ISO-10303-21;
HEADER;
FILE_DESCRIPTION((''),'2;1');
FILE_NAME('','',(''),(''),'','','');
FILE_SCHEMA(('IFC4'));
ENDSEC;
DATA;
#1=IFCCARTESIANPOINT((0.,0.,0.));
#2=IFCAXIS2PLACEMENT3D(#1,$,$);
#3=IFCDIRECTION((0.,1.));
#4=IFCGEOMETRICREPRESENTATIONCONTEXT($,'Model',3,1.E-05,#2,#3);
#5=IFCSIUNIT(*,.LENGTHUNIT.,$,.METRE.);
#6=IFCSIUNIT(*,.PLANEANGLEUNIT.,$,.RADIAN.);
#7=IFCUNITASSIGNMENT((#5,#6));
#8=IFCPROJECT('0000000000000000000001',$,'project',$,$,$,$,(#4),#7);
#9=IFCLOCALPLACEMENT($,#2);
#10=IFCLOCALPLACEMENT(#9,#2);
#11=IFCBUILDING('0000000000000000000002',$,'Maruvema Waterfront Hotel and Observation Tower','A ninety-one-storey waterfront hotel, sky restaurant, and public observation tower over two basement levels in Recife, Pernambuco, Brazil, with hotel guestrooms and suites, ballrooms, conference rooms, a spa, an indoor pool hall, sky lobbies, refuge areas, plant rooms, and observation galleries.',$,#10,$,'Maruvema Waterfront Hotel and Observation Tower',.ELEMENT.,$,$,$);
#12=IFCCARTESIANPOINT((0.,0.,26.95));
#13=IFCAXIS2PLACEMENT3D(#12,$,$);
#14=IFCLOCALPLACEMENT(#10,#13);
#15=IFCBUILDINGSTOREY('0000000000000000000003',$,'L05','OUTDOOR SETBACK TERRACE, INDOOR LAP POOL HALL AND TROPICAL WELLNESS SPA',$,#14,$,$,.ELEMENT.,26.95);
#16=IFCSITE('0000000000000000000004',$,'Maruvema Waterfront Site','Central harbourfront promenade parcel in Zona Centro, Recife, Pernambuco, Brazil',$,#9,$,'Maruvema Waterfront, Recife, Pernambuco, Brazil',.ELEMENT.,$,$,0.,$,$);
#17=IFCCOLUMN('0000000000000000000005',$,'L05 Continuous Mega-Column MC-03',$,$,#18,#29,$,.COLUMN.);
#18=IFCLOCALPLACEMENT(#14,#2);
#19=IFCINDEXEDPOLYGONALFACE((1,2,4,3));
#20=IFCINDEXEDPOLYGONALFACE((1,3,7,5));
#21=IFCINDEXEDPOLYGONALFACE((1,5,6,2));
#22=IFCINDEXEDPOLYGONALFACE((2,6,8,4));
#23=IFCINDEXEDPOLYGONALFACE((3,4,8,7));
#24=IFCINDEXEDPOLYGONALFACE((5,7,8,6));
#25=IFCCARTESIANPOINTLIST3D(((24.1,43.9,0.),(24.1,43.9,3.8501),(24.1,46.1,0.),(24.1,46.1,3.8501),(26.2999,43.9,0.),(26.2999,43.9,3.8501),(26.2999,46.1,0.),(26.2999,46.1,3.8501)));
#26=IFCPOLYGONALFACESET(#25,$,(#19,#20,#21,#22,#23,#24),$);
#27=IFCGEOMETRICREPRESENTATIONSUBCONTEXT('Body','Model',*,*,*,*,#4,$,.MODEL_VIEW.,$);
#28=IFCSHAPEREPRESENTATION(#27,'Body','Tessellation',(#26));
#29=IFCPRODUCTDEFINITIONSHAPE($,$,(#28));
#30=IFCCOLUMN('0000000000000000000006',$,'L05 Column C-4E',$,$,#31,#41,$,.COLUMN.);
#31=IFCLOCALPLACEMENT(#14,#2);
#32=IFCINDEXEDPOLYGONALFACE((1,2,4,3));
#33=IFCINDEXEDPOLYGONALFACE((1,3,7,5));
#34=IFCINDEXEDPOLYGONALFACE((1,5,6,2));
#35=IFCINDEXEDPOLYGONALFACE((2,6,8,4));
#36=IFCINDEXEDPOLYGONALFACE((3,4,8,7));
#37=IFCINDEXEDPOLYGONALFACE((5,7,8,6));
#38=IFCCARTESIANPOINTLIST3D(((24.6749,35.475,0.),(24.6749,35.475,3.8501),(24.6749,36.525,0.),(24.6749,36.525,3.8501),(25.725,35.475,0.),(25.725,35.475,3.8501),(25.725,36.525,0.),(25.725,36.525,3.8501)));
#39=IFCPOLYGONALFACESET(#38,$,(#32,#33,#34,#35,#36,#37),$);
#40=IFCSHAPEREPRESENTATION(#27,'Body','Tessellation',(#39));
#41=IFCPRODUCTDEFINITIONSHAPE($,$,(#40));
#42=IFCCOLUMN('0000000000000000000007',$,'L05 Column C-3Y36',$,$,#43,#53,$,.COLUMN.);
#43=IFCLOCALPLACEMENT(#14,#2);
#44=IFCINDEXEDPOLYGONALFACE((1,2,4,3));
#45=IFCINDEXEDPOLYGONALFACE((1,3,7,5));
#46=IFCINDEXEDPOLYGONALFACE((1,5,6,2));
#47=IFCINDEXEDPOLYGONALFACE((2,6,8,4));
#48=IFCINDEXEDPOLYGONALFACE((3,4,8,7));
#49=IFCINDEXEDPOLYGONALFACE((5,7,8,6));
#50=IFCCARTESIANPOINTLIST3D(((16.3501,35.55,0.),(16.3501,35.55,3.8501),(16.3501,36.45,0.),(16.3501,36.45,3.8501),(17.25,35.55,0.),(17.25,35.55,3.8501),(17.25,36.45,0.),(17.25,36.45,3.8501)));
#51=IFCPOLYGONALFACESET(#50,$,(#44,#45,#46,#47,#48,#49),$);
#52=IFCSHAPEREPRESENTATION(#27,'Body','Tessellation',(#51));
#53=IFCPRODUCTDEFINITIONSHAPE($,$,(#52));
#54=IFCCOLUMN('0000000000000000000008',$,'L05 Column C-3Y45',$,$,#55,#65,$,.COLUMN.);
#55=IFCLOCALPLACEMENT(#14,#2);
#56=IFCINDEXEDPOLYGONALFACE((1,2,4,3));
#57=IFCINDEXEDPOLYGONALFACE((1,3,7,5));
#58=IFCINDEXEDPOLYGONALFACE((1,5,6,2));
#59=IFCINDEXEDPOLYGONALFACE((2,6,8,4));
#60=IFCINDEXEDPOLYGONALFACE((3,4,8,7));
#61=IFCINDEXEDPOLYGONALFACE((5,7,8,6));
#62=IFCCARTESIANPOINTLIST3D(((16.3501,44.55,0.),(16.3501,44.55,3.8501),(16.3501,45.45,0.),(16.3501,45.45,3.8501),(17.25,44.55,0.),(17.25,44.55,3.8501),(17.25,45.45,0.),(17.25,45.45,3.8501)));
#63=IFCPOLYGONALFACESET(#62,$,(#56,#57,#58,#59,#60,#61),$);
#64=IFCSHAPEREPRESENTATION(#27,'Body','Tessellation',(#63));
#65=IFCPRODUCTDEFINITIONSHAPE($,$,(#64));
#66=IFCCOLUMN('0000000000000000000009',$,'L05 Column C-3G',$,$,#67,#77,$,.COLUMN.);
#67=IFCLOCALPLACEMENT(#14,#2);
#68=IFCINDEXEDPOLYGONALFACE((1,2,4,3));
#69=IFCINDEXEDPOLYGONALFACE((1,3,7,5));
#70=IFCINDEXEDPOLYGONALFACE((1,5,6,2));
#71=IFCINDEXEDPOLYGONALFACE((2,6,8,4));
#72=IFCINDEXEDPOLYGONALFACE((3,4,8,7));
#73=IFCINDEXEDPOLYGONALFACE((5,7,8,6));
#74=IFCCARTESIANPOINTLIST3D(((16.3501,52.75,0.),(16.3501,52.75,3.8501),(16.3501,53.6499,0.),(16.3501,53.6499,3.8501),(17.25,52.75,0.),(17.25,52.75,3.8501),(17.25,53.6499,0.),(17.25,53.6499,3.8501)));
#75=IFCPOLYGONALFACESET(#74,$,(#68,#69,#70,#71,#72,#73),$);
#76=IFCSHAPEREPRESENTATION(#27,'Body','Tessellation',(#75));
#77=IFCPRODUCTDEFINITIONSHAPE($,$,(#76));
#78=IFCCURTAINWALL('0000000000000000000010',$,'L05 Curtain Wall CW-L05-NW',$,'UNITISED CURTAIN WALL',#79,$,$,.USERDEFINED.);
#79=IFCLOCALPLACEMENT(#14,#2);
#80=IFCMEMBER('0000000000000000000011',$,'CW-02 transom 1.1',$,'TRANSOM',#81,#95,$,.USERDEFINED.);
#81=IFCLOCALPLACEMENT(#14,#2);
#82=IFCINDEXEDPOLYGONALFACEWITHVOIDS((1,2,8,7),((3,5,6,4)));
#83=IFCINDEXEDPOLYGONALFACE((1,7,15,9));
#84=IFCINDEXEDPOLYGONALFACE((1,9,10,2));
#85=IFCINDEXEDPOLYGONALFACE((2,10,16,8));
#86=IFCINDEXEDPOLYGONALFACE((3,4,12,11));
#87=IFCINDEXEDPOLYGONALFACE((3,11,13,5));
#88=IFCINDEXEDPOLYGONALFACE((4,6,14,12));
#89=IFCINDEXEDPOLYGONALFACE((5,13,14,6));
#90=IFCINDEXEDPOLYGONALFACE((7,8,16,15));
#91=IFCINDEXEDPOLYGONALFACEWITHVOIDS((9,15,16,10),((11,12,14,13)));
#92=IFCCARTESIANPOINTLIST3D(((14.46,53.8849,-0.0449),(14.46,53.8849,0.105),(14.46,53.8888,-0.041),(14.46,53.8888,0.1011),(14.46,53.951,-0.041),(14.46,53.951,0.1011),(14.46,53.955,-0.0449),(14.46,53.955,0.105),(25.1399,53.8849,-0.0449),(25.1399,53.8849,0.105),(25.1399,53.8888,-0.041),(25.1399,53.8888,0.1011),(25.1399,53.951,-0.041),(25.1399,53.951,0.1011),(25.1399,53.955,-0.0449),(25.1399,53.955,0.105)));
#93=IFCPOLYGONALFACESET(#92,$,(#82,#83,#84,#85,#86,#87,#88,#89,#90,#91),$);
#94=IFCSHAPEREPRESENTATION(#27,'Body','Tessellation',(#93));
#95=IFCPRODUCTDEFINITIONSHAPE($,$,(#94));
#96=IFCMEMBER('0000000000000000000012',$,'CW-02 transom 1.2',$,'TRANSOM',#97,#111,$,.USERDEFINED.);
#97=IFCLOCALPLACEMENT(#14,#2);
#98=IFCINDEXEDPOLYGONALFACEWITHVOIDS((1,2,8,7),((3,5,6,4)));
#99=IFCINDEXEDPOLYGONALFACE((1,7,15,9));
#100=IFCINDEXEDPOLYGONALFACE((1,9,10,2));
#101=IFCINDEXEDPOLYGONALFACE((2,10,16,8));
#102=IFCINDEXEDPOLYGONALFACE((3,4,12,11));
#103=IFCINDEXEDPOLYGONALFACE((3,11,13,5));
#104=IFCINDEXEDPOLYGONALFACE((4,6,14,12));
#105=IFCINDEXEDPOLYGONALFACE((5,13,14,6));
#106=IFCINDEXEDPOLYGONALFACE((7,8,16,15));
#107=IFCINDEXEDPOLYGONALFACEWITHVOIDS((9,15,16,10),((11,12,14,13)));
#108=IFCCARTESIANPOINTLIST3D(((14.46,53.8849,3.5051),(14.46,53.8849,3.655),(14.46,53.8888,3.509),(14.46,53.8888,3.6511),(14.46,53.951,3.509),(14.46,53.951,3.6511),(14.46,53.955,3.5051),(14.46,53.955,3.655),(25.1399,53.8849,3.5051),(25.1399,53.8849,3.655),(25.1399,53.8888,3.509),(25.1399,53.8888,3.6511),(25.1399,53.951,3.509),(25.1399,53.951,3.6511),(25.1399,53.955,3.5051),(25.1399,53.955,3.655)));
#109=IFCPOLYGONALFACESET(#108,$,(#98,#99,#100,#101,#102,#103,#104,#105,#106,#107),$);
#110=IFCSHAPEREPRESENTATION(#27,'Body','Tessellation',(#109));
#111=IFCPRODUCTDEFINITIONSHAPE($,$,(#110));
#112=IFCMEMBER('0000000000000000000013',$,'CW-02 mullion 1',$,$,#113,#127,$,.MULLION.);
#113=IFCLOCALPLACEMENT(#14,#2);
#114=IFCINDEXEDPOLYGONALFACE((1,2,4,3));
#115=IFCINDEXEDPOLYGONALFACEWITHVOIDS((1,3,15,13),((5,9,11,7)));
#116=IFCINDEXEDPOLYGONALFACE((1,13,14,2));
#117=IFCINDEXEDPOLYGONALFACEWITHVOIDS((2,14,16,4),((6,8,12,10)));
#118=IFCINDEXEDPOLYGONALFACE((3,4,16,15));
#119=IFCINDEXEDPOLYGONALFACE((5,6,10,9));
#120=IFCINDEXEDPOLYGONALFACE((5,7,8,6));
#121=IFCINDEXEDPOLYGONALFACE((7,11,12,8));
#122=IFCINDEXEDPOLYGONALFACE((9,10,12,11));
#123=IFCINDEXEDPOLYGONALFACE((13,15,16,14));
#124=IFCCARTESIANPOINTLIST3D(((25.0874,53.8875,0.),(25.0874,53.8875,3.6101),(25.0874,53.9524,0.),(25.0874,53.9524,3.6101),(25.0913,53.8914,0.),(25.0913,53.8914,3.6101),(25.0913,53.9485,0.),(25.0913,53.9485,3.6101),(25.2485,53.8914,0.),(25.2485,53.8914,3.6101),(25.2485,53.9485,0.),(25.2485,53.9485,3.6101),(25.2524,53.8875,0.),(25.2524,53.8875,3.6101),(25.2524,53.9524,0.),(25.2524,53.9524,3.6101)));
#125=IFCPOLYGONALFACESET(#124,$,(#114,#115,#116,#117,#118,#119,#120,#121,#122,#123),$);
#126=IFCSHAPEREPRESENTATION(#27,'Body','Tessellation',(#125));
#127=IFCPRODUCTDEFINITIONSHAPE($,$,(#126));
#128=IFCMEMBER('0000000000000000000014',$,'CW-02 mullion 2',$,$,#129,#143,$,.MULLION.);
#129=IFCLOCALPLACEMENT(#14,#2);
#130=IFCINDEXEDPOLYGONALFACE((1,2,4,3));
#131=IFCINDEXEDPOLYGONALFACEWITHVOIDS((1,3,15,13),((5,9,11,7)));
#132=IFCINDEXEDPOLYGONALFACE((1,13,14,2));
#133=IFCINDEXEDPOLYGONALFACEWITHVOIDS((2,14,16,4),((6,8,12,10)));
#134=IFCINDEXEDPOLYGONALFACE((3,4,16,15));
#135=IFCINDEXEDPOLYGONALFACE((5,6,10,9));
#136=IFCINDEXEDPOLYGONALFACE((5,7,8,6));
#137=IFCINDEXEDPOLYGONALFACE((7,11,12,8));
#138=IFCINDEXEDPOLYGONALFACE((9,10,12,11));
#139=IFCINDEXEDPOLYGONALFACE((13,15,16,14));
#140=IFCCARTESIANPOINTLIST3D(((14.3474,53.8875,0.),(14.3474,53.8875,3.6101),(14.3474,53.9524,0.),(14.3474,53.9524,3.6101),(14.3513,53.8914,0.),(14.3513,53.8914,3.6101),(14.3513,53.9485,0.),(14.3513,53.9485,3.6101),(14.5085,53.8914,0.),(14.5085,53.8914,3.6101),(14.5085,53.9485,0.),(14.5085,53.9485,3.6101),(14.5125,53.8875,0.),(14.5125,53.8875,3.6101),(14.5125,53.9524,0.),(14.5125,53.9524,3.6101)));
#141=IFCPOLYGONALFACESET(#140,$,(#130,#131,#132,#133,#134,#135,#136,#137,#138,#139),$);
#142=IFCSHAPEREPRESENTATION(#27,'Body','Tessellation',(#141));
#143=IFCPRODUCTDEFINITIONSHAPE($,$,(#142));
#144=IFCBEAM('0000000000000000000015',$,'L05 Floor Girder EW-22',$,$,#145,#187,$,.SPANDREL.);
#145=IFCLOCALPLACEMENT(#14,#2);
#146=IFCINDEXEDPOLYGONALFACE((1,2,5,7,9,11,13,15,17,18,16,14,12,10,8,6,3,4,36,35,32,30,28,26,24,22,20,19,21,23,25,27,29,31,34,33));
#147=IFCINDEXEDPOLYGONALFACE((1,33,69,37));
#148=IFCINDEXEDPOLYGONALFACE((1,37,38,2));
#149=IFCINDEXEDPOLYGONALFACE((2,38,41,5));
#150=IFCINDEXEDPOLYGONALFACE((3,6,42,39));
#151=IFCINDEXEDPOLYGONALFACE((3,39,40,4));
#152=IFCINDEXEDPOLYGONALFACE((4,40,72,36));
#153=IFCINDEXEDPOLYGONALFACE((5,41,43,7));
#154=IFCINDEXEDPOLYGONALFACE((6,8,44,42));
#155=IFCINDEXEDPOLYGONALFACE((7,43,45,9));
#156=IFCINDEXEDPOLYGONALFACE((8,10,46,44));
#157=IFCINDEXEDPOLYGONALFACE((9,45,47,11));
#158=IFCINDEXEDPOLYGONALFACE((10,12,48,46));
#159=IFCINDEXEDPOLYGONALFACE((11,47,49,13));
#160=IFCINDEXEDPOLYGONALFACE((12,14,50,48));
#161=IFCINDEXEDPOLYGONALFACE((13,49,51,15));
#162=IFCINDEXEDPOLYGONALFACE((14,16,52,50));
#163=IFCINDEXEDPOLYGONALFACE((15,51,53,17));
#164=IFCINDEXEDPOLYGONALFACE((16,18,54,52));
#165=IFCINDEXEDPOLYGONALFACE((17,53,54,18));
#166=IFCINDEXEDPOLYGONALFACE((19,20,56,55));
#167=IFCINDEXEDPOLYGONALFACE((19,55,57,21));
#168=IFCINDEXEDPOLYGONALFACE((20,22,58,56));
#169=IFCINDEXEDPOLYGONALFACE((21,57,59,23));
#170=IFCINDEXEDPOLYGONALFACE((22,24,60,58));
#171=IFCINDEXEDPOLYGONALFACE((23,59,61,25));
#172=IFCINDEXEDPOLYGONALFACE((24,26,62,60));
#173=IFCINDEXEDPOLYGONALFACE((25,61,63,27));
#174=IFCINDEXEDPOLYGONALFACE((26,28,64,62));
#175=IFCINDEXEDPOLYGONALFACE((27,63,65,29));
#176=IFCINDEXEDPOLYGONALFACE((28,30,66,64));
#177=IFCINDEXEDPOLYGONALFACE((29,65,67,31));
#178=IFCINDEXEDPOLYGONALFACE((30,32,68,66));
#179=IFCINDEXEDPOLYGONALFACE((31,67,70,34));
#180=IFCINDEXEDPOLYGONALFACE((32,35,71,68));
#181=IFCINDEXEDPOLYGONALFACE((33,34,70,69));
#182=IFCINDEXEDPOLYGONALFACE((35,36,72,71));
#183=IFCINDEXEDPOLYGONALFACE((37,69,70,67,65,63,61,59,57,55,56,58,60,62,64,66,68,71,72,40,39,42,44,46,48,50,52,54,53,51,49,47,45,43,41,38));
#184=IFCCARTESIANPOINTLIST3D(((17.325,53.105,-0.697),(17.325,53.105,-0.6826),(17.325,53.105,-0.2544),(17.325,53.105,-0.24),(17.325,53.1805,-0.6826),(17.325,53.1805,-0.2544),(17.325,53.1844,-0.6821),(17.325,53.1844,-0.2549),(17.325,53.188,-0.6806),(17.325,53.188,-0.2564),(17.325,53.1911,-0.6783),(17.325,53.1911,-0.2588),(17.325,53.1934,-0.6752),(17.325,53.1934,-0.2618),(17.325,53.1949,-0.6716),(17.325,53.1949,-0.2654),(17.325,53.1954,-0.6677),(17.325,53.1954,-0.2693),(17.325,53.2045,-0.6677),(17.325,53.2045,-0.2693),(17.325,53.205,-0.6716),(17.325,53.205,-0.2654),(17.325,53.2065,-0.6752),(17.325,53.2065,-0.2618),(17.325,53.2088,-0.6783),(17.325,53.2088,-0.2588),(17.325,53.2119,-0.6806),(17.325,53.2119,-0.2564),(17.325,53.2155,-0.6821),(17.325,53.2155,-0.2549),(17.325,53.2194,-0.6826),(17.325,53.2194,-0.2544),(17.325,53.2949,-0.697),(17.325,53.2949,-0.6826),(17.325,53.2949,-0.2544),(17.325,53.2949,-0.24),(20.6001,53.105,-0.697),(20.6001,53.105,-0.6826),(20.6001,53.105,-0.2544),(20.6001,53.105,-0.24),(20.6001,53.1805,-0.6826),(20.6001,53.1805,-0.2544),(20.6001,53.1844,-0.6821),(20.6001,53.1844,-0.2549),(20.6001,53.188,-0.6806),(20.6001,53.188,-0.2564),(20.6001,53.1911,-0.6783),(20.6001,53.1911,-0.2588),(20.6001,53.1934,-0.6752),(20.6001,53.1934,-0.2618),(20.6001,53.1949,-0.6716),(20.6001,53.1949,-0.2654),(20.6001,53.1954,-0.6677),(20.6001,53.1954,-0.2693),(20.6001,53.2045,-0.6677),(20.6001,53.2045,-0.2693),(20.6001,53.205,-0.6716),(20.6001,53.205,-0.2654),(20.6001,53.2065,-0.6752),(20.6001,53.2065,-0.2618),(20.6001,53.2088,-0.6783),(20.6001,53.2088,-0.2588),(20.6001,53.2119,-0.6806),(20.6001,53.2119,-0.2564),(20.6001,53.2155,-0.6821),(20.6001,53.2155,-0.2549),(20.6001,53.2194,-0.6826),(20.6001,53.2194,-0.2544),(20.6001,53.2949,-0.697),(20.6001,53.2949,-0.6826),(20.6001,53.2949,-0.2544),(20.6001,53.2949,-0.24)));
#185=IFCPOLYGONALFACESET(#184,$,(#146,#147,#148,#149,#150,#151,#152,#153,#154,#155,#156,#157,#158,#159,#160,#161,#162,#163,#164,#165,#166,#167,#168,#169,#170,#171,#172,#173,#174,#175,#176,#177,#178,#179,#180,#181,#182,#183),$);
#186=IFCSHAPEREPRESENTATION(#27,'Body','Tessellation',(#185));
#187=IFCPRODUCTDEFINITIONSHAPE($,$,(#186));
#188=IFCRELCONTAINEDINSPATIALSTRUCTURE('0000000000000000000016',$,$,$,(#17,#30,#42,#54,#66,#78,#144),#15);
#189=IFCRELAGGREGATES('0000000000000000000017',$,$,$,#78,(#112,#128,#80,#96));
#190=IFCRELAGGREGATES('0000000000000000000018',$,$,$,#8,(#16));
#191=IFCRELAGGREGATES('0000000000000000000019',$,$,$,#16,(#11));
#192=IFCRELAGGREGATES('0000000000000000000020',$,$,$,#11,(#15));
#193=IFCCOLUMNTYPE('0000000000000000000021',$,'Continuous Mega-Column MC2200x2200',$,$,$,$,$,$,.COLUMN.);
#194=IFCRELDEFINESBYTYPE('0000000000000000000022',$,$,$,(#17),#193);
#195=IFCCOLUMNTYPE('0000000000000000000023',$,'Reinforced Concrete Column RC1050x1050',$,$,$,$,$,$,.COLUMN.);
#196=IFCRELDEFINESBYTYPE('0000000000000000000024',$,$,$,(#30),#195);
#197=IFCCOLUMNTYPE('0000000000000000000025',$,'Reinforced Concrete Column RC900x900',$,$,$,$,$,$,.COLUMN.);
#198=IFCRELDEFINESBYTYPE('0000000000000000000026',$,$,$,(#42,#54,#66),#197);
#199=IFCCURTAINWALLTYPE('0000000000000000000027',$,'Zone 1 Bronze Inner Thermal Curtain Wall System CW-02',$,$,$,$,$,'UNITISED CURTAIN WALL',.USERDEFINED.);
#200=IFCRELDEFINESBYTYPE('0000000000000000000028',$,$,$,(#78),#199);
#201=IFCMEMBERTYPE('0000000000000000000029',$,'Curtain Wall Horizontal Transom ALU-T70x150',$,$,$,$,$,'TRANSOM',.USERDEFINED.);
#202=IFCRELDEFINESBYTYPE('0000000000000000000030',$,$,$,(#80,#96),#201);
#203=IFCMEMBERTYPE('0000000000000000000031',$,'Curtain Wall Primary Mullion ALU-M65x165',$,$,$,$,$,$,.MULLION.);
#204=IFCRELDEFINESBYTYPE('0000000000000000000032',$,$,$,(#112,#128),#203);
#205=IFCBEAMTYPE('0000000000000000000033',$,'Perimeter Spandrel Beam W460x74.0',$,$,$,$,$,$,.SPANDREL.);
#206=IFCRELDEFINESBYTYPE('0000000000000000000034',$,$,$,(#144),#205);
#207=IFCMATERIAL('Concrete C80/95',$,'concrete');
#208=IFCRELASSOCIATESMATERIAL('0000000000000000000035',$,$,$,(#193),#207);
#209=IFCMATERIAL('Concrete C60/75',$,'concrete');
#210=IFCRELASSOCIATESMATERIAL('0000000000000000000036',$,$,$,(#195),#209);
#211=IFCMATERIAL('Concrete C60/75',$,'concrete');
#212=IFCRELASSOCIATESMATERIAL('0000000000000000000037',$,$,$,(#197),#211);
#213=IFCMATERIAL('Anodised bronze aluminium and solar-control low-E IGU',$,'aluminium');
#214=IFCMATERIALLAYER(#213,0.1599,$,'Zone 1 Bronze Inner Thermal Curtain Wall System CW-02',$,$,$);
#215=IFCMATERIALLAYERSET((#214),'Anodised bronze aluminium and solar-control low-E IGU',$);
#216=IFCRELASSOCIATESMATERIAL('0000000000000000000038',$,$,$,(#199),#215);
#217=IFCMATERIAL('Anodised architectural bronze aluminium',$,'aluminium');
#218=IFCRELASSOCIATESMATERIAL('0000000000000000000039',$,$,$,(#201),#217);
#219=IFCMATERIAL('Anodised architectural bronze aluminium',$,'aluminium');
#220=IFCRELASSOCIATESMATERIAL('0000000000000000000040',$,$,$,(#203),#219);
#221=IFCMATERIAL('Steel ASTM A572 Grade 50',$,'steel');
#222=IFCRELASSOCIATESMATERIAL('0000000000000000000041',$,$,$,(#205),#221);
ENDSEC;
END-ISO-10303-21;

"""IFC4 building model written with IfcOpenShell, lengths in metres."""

from ifc_helpers import new_model, si_unit, direction, frame, origin, origin_2d, place, context, subcontext, project, spatial, rectangle, hollow_rectangle, i_section, extrude, material, layer, layer_set, material_profile, profile_set, type_object, element, aggregate, save


model = new_model("IFC4")

# Units and contexts
model_context = context("Model", 3, precision=1e-05, world=origin(), true_north=direction((0.0, 1.0)))
body_context = subcontext(model_context, "Body", "Model", "MODEL_VIEW")
ifc_project = project(units=[si_unit("LENGTHUNIT", "METRE"), si_unit("PLANEANGLEUNIT", "RADIAN")], contexts=[model_context])

# Site, building, storey
site_placement = place(None, origin())
site = spatial("IfcSite", under=ifc_project, at=site_placement, Name="Maruvema Waterfront Site", Description="Central harbourfront promenade parcel in Zona Centro, Recife, Pernambuco, Brazil", LongName="Maruvema Waterfront, Recife, Pernambuco, Brazil", CompositionType="ELEMENT", RefElevation=0.0)
building_placement = place(site_placement, origin())
building = spatial("IfcBuilding", under=site, at=building_placement, Name="Maruvema Waterfront Hotel and Observation Tower", Description="A ninety-one-storey waterfront hotel, sky restaurant, and public observation tower over two basement levels in Recife, Pernambuco, Brazil, with hotel guestrooms and suites, ballrooms, conference rooms, a spa, an indoor pool hall, sky lobbies, refuge areas, plant rooms, and observation galleries.", LongName="Maruvema Waterfront Hotel and Observation Tower", CompositionType="ELEMENT")
storey_placement = place(building_placement, frame((0.0, 0.0, 26.95)))
storey = spatial("IfcBuildingStorey", under=building, at=storey_placement, Name="L05", Description="OUTDOOR SETBACK TERRACE, INDOOR LAP POOL HALL AND TROPICAL WELLNESS SPA", CompositionType="ELEMENT", Elevation=26.95)

# Columns
ifc_material_1 = material(Name="Concrete C80/95", Category="concrete")
ifc_material_profile_1 = material_profile(ifc_material_1, rectangle(XDim=2.2, YDim=2.2, at=origin_2d()), Name="MC2200x2200")
ifc_profile_set_1 = profile_set([ifc_material_profile_1], Name="Concrete C80/95")
column_type_1 = type_object("IfcColumnType", Name="Continuous Mega-Column MC2200x2200", PredefinedType="COLUMN", material=ifc_profile_set_1)
column_1_placement = place(storey_placement, frame((25.2, 45.0, 0.0), z_axis=(0.0, 0.0, 1.0), x_axis=(1.0, 0.0, 0.0)))
element("IfcColumn", 1, at=column_1_placement, inside=storey, type_object=column_type_1, Name="L05 Continuous Mega-Column MC-03", PredefinedType="COLUMN", context=body_context, shape_type="SweptSolid", body=[
    extrude(rectangle(XDim=2.2, YDim=2.2, at=origin_2d()), origin(), (0.0, 0.0, 1.0), 3.8501),
])
ifc_material_2 = material(Name="Concrete C60/75", Category="concrete")
ifc_material_profile_2 = material_profile(ifc_material_2, rectangle(XDim=1.05, YDim=1.05, at=origin_2d()), Name="RC1050x1050")
ifc_profile_set_2 = profile_set([ifc_material_profile_2], Name="Concrete C60/75")
column_type_2 = type_object("IfcColumnType", Name="Reinforced Concrete Column RC1050x1050", PredefinedType="COLUMN", material=ifc_profile_set_2)
column_2_placement = place(storey_placement, frame((25.2, 36.0, 0.0), z_axis=(0.0, 0.0, 1.0), x_axis=(1.0, 0.0, 0.0)))
element("IfcColumn", 2, at=column_2_placement, inside=storey, type_object=column_type_2, Name="L05 Column C-4E", PredefinedType="COLUMN", context=body_context, shape_type="SweptSolid", body=[
    extrude(rectangle(XDim=1.05, YDim=1.05, at=origin_2d()), origin(), (0.0, 0.0, 1.0), 3.8501),
])
ifc_material_3 = material(Name="Concrete C60/75", Category="concrete")
ifc_material_profile_3 = material_profile(ifc_material_3, rectangle(XDim=0.8999, YDim=0.8999, at=origin_2d()), Name="RC900x900")
ifc_profile_set_3 = profile_set([ifc_material_profile_3], Name="Concrete C60/75")
column_type_3 = type_object("IfcColumnType", Name="Reinforced Concrete Column RC900x900", PredefinedType="COLUMN", material=ifc_profile_set_3)
for number, where, z_axis, x_axis, name in (
    (3, (16.8, 36.0, 0.0), (0.0, 0.0, 1.0), (1.0, 0.0, 0.0), "L05 Column C-3Y36"),
    (4, (16.8, 45.0, 0.0), (0.0, 0.0, 1.0), (1.0, 0.0, 0.0), "L05 Column C-3Y45"),
    (5, (16.8, 53.2, 0.0), (0.0, 0.0, 1.0), (1.0, 0.0, 0.0), "L05 Column C-3G"),
):
    element("IfcColumn", number, at=place(storey_placement, frame(where, z_axis=z_axis, x_axis=x_axis)), inside=storey, type_object=column_type_3, Name=name, PredefinedType="COLUMN", context=body_context, shape_type="SweptSolid", body=[
        extrude(rectangle(XDim=0.8999, YDim=0.8999, at=origin_2d()), origin(), (0.0, 0.0, 1.0), 3.8501),
    ])

# Curtain wall, members
ifc_material_4 = material(Name="Anodised bronze aluminium and solar-control low-E IGU", Category="aluminium")
ifc_layer_1 = layer(ifc_material_4, 0.1599, Name="Zone 1 Bronze Inner Thermal Curtain Wall System CW-02")
ifc_layer_set_1 = layer_set([ifc_layer_1], Name="Anodised bronze aluminium and solar-control low-E IGU")
curtain_wall_type = type_object("IfcCurtainWallType", Name="Zone 1 Bronze Inner Thermal Curtain Wall System CW-02", ElementType="UNITISED CURTAIN WALL", PredefinedType="USERDEFINED", material=ifc_layer_set_1)
curtain_wall_placement = place(storey_placement, origin())
curtain_wall = element("IfcCurtainWall", 6, at=curtain_wall_placement, inside=storey, type_object=curtain_wall_type, Name="L05 Curtain Wall CW-L05-NW", ObjectType="UNITISED CURTAIN WALL", PredefinedType="USERDEFINED")
ifc_material_5 = material(Name="Anodised architectural bronze aluminium", Category="aluminium")
ifc_material_profile_4 = material_profile(ifc_material_5, hollow_rectangle(XDim=0.0701, YDim=0.1499, WallThickness=0.0039, at=origin_2d()), Name="ALU-T70x150")
ifc_profile_set_4 = profile_set([ifc_material_profile_4], Name="Anodised architectural bronze aluminium")
member_type_1 = type_object("IfcMemberType", Name="Curtain Wall Horizontal Transom ALU-T70x150", ElementType="TRANSOM", PredefinedType="USERDEFINED", material=ifc_profile_set_4)
member_1_placement = place(storey_placement, frame((25.1399, 53.9199, 0.03), z_axis=(-1.0, 0.0, 0.0), x_axis=(0.0, -1.0, 0.0)))
member_1 = element("IfcMember", 7, at=member_1_placement, type_object=member_type_1, Name="CW-02 transom 1.1", ObjectType="TRANSOM", PredefinedType="USERDEFINED", context=body_context, shape_type="SweptSolid", body=[
    extrude(hollow_rectangle(XDim=0.0701, YDim=0.1499, WallThickness=0.0039, at=origin_2d()), origin(), (0.0, 0.0, 1.0), 10.6799),
])
member_2_placement = place(storey_placement, frame((25.1399, 53.9199, 3.5801), z_axis=(-1.0, 0.0, 0.0), x_axis=(0.0, -1.0, 0.0)))
member_2 = element("IfcMember", 8, at=member_2_placement, type_object=member_type_1, Name="CW-02 transom 1.2", ObjectType="TRANSOM", PredefinedType="USERDEFINED", context=body_context, shape_type="SweptSolid", body=[
    extrude(hollow_rectangle(XDim=0.0701, YDim=0.1499, WallThickness=0.0039, at=origin_2d()), origin(), (0.0, 0.0, 1.0), 10.6799),
])
ifc_material_6 = material(Name="Anodised architectural bronze aluminium", Category="aluminium")
ifc_material_profile_5 = material_profile(ifc_material_6, hollow_rectangle(XDim=0.0649, YDim=0.165, WallThickness=0.0039, at=origin_2d()), Name="ALU-M65x165")
ifc_profile_set_5 = profile_set([ifc_material_profile_5], Name="Anodised architectural bronze aluminium")
member_type_2 = type_object("IfcMemberType", Name="Curtain Wall Primary Mullion ALU-M65x165", PredefinedType="MULLION", material=ifc_profile_set_5)
member_3_placement = place(storey_placement, frame((25.1699, 53.9199, 0.0), z_axis=(0.0, 0.0, 1.0), x_axis=(0.0, -1.0, 0.0)))
member_3 = element("IfcMember", 9, at=member_3_placement, type_object=member_type_2, Name="CW-02 mullion 1", PredefinedType="MULLION", context=body_context, shape_type="SweptSolid", body=[
    extrude(hollow_rectangle(XDim=0.0649, YDim=0.165, WallThickness=0.0039, at=origin_2d()), origin(), (0.0, 0.0, 1.0), 3.6101),
])
member_4_placement = place(storey_placement, frame((14.4299, 53.9199, 0.0), z_axis=(0.0, 0.0, 1.0), x_axis=(0.0, -1.0, 0.0)))
member_4 = element("IfcMember", 10, at=member_4_placement, type_object=member_type_2, Name="CW-02 mullion 2", PredefinedType="MULLION", context=body_context, shape_type="SweptSolid", body=[
    extrude(hollow_rectangle(XDim=0.0649, YDim=0.165, WallThickness=0.0039, at=origin_2d()), origin(), (0.0, 0.0, 1.0), 3.6101),
])

# Beam
ifc_material_7 = material(Name="Steel ASTM A572 Grade 50", Category="steel")
ifc_material_profile_6 = material_profile(ifc_material_7, i_section(OverallWidth=0.1899, OverallDepth=0.457, WebThickness=0.009, FlangeThickness=0.0144, FilletRadius=0.0149, at=origin_2d()), Name="W460x74.0")
ifc_profile_set_6 = profile_set([ifc_material_profile_6], Name="Steel ASTM A572 Grade 50")
beam_type_1 = type_object("IfcBeamType", Name="Perimeter Spandrel Beam W460x74.0", PredefinedType="SPANDREL", material=ifc_profile_set_6)
beam_1_placement = place(storey_placement, frame((17.325, 53.2, -0.4685), z_axis=(1.0, 0.0, 0.0), x_axis=(0.0, 1.0, 0.0)))
element("IfcBeam", 11, at=beam_1_placement, inside=storey, type_object=beam_type_1, Name="L05 Floor Girder EW-22", PredefinedType="SPANDREL", context=body_context, shape_type="SweptSolid", body=[
    extrude(i_section(OverallWidth=0.1899, OverallDepth=0.457, WebThickness=0.009, FlangeThickness=0.0144, FilletRadius=0.0149, at=origin_2d()), origin(), (0.0, 0.0, 1.0), 3.2751),
])

aggregate(curtain_wall, [member_3, member_4, member_1, member_2])

save(model, "model.ifc")
